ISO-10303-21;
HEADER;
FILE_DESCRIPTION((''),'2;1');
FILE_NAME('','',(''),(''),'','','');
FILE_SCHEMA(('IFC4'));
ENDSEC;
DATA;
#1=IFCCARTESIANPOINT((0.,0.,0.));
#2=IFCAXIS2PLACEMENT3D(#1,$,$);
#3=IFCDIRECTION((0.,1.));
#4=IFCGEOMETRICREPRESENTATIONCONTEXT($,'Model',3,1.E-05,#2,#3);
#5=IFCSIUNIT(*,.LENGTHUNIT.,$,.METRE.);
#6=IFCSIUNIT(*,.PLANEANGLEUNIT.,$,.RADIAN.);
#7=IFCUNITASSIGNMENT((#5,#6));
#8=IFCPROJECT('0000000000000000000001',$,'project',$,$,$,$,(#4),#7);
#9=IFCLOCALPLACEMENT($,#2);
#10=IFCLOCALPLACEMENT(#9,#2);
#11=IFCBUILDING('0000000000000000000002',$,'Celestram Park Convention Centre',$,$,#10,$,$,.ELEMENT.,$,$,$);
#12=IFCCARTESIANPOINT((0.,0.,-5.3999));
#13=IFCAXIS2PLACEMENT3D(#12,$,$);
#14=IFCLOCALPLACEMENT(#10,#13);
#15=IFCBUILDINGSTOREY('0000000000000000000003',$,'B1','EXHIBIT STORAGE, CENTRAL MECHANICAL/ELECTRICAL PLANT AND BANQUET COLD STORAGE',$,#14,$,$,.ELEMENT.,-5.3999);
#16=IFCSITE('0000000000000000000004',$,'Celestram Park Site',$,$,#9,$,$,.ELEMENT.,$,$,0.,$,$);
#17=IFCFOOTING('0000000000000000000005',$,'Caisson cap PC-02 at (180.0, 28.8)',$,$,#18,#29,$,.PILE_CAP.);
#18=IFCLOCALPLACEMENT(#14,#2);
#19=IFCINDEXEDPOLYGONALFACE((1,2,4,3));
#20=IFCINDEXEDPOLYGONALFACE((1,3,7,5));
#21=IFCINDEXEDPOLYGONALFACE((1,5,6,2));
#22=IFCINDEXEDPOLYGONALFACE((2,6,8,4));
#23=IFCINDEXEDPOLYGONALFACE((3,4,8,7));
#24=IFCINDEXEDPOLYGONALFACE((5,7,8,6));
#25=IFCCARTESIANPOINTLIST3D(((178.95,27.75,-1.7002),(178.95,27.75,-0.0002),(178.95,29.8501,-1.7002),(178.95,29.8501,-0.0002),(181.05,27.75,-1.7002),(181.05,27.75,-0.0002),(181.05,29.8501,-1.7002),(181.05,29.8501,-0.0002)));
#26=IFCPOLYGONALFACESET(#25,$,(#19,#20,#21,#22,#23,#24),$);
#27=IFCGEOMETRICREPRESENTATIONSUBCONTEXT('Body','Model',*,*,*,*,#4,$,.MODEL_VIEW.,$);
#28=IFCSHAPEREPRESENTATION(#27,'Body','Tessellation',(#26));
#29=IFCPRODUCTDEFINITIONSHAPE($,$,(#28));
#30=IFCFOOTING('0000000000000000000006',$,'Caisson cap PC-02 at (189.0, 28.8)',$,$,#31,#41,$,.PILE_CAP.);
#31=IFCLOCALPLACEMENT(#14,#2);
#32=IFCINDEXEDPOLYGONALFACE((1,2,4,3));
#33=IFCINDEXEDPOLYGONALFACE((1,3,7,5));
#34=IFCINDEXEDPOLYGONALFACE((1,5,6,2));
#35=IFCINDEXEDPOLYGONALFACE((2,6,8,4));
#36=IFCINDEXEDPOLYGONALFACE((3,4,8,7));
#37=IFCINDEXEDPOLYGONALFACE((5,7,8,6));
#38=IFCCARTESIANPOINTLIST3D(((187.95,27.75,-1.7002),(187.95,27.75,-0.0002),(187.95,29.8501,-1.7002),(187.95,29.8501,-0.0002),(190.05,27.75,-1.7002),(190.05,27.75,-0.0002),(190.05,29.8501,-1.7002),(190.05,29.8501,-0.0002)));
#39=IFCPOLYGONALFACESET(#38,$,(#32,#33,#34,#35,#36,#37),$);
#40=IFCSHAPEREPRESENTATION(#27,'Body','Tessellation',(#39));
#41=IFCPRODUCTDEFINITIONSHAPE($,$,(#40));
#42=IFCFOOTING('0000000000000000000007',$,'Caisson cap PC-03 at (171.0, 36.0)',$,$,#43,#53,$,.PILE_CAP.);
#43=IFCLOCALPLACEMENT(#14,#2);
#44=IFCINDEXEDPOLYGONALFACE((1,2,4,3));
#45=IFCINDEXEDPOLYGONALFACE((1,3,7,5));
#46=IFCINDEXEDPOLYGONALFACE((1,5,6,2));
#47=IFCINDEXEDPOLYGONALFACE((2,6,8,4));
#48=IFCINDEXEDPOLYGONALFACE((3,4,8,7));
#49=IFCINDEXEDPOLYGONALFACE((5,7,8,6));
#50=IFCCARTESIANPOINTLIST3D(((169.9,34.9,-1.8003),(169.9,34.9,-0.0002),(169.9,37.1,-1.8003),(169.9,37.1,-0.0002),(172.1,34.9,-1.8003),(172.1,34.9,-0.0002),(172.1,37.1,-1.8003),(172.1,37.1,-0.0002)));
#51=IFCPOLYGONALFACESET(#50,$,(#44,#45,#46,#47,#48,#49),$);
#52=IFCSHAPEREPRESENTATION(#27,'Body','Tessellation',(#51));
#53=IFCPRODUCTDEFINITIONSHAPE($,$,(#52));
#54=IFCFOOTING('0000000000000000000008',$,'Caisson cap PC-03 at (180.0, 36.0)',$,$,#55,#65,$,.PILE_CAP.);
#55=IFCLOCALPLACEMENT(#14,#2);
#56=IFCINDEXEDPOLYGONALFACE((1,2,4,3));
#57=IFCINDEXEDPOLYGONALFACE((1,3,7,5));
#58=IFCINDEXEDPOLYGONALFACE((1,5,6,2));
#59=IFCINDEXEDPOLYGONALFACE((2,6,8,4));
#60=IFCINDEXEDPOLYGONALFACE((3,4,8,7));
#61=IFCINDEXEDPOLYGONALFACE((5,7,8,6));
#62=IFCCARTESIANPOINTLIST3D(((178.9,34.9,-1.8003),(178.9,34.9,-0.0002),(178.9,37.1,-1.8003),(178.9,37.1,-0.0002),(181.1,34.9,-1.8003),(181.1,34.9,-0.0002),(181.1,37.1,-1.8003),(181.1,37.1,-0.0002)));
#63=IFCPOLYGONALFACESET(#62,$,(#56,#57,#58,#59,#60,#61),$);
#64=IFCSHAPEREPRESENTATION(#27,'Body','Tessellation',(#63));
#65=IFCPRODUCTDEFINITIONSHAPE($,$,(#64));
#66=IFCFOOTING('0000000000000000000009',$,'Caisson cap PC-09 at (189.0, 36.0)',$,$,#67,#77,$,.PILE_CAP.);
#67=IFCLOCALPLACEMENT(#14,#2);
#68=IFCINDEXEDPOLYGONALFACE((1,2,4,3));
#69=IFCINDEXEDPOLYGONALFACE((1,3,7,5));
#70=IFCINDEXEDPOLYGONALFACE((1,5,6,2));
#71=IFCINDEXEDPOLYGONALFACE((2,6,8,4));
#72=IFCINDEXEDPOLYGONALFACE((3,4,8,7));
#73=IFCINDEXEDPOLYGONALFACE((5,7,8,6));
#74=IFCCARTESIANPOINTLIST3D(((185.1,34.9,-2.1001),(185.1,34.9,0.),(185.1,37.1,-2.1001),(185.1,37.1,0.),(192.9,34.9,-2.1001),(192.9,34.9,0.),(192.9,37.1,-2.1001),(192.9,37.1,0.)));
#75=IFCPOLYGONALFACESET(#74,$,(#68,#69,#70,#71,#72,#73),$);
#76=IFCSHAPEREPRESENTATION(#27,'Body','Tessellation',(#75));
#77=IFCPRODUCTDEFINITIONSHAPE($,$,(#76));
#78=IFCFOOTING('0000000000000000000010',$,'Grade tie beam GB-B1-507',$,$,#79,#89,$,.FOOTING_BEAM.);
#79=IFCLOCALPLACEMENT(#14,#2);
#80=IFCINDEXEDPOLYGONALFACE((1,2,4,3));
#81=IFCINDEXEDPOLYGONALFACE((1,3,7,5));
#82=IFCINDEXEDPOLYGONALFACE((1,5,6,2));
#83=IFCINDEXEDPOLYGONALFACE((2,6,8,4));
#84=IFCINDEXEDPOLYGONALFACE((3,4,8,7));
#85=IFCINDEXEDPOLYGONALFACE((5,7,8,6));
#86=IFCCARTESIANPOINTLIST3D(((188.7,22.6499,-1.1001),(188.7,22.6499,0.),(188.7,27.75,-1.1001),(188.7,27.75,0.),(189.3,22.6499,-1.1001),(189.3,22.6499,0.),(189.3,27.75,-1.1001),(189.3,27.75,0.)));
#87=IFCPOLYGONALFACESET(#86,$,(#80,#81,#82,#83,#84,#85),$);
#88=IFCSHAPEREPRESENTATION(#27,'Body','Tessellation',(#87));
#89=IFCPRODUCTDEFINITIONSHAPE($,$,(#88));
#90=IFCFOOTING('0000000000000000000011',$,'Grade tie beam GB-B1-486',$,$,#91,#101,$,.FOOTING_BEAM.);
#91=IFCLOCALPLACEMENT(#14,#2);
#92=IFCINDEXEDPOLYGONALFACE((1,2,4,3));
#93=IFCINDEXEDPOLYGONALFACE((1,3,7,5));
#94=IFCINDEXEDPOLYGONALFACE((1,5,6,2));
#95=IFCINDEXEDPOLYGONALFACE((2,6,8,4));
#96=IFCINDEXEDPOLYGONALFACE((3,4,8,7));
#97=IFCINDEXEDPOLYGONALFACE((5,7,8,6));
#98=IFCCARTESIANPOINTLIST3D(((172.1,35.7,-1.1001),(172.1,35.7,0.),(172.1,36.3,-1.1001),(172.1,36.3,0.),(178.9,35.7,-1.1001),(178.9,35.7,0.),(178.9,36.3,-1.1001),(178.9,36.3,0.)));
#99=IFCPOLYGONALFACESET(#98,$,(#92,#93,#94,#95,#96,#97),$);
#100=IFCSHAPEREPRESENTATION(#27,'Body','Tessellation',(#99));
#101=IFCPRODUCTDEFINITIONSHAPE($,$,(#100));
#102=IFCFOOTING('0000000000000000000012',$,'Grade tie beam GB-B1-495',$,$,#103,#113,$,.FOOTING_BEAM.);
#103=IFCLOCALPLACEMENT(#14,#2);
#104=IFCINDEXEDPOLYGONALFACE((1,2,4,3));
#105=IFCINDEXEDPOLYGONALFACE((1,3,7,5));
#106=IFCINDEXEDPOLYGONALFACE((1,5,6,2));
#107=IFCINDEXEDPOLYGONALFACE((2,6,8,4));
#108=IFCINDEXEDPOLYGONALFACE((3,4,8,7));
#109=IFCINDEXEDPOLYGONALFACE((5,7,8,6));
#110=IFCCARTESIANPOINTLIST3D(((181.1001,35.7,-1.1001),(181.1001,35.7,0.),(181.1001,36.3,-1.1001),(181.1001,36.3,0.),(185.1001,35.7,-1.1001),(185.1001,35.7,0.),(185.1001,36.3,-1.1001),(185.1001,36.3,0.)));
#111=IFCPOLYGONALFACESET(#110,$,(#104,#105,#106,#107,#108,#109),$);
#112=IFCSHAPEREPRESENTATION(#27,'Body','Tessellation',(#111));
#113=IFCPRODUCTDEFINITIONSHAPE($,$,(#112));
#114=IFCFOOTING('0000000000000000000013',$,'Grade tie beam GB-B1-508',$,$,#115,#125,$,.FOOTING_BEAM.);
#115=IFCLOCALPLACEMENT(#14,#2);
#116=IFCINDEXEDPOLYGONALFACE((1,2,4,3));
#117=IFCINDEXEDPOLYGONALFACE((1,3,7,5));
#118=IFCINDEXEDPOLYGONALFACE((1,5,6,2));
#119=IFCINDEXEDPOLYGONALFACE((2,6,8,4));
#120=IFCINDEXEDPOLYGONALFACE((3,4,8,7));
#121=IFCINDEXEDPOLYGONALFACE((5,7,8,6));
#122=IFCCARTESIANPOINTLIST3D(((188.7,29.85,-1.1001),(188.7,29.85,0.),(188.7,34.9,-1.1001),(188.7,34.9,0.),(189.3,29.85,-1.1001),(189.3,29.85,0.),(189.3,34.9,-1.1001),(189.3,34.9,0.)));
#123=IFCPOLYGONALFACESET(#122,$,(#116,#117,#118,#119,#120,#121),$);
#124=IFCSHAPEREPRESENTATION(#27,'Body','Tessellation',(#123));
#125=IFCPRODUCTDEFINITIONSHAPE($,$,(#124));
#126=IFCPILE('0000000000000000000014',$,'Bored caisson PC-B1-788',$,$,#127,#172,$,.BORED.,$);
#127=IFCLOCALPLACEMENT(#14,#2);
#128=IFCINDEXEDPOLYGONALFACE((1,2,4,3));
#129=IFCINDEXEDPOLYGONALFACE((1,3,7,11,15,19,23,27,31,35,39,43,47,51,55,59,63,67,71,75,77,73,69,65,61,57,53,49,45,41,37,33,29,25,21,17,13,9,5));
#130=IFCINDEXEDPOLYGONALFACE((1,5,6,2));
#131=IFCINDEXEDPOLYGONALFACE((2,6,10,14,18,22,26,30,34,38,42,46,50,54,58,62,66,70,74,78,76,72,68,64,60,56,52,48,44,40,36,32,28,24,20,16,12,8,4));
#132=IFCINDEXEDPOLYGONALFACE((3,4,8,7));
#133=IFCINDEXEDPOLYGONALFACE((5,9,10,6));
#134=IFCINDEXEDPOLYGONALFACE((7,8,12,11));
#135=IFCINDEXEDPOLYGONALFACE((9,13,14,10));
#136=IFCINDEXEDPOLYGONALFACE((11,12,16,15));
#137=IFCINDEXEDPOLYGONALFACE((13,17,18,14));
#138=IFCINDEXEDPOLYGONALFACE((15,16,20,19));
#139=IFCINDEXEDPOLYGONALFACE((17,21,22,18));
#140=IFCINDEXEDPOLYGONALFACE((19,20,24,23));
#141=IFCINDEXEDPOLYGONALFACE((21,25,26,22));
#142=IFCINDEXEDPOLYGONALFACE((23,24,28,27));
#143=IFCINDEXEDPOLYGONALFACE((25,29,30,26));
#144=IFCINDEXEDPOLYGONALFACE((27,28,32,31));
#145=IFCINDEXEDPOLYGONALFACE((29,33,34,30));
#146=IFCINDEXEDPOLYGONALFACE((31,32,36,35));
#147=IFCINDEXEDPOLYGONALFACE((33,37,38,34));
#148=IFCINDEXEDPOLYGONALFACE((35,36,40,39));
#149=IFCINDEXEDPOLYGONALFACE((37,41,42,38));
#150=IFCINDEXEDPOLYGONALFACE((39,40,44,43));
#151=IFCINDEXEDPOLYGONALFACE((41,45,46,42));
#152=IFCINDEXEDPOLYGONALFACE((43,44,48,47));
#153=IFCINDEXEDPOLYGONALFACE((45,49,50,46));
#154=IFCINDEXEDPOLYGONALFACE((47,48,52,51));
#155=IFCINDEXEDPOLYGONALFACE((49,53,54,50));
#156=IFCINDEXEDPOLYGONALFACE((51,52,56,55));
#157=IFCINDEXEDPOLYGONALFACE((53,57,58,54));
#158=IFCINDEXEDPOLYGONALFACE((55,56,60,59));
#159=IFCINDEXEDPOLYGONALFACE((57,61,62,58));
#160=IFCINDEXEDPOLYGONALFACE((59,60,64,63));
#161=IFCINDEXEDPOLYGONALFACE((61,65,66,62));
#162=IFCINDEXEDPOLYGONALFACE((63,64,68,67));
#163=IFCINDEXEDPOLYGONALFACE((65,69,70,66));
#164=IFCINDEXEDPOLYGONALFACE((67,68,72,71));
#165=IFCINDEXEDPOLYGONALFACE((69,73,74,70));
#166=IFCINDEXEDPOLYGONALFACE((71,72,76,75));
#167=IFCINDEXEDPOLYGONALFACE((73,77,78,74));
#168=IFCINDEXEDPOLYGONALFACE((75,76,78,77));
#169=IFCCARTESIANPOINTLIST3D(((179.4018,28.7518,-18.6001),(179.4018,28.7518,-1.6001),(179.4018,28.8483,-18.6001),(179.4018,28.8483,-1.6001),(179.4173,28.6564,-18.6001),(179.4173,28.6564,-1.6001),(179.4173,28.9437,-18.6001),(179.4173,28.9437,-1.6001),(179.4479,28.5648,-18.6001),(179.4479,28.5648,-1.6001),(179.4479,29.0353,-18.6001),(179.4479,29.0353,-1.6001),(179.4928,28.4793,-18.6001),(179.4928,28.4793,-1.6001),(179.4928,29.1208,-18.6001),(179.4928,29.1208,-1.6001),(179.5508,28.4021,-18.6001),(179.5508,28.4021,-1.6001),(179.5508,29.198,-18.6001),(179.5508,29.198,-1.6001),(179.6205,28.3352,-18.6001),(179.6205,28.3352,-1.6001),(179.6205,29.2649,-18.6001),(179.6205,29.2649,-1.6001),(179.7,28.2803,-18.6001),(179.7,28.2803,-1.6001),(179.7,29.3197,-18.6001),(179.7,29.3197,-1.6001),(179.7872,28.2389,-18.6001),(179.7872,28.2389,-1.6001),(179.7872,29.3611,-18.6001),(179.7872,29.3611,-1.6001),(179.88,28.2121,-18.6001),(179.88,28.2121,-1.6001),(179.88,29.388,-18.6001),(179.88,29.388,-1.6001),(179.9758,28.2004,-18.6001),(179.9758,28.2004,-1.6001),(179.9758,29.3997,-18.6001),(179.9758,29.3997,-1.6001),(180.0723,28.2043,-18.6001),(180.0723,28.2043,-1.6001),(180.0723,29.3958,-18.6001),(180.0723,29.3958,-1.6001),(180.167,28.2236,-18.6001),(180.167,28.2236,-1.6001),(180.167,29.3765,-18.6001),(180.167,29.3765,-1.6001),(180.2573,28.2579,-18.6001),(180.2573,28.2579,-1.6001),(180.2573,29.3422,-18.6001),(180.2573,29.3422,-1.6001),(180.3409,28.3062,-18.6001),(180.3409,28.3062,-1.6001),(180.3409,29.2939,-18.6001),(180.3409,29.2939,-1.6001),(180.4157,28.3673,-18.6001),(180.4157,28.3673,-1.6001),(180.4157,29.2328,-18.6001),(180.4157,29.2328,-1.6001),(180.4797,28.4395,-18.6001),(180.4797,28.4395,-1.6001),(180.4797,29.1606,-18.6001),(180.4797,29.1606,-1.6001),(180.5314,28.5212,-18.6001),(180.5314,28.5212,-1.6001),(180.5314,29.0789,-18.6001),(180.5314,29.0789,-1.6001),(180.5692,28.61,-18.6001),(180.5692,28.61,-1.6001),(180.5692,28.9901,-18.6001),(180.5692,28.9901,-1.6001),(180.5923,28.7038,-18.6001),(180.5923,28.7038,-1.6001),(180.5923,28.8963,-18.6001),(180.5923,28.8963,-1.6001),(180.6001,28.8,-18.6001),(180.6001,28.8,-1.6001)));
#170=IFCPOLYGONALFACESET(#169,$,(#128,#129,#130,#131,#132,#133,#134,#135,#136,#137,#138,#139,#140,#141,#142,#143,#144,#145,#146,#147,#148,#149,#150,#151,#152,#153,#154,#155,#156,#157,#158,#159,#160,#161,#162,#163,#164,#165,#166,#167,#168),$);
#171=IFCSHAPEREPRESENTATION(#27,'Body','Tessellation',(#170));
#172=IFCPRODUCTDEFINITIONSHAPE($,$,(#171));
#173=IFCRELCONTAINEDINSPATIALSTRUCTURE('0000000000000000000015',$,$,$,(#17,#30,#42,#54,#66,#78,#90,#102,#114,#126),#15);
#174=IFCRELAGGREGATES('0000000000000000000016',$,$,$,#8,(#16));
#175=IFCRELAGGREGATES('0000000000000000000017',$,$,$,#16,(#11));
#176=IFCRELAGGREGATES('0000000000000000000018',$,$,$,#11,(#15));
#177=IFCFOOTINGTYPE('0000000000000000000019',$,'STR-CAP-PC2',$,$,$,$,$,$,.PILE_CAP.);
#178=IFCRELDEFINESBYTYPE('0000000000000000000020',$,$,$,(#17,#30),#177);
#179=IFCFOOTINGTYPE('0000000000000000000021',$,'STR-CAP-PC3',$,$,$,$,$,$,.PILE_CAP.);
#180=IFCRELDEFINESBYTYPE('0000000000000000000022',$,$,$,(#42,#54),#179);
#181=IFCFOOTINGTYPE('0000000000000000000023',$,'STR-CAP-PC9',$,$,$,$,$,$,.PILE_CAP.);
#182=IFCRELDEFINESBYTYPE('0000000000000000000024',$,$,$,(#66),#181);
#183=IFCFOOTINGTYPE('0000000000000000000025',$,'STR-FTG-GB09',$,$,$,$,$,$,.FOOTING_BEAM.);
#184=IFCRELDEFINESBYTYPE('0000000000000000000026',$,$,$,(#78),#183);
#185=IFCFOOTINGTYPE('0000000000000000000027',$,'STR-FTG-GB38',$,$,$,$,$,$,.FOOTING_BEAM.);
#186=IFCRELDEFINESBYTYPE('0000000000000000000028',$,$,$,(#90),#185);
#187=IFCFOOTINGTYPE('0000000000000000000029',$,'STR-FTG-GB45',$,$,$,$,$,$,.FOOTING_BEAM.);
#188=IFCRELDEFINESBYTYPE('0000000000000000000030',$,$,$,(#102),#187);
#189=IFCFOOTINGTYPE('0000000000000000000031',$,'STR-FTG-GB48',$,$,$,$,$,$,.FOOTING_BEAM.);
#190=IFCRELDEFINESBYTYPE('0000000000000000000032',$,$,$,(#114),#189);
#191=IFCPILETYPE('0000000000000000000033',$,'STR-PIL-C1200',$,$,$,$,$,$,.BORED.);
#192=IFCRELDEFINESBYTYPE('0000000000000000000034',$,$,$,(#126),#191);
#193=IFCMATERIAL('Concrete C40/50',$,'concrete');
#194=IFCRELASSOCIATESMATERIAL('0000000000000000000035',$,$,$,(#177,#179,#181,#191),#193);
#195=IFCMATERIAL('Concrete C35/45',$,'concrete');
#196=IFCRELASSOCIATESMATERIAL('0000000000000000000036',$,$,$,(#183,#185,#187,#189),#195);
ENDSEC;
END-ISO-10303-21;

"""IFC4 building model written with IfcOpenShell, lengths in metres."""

from ifc_helpers import new_model, si_unit, direction, frame, origin, origin_2d, place, context, subcontext, project, spatial, rectangle, circle, extrude, material, material_profile, profile_set, type_object, element, save


model = new_model("IFC4")

# Units and contexts
model_context = context("Model", 3, precision=1e-05, world=origin(), true_north=direction((0.0, 1.0)))
body_context = subcontext(model_context, "Body", "Model", "MODEL_VIEW")
ifc_project = project(units=[si_unit("LENGTHUNIT", "METRE"), si_unit("PLANEANGLEUNIT", "RADIAN")], contexts=[model_context])

# Site, building, storey
site_placement = place(None, origin())
site = spatial("IfcSite", under=ifc_project, at=site_placement, Name="Celestram Park Site", CompositionType="ELEMENT", RefElevation=0.0)
building_placement = place(site_placement, origin())
building = spatial("IfcBuilding", under=site, at=building_placement, Name="Celestram Park Convention Centre", CompositionType="ELEMENT")
storey_placement = place(building_placement, frame((0.0, 0.0, -5.3999)))
storey = spatial("IfcBuildingStorey", under=building, at=storey_placement, Name="B1", Description="EXHIBIT STORAGE, CENTRAL MECHANICAL/ELECTRICAL PLANT AND BANQUET COLD STORAGE", CompositionType="ELEMENT", Elevation=-5.3999)

# Footings
ifc_material_1 = material(Name="Concrete C40/50", Category="concrete")
footing_type_1 = type_object("IfcFootingType", Name="STR-CAP-PC2", PredefinedType="PILE_CAP", material=ifc_material_1)
for number, where, z_axis, x_axis, name in (
    (1, (180.0, 28.8, -1.7002), (0.0, 0.0, 1.0), (1.0, 0.0, 0.0), "Caisson cap PC-02 at (180.0, 28.8)"),
    (2, (189.0, 28.8, -1.7002), (0.0, 0.0, 1.0), (1.0, 0.0, 0.0), "Caisson cap PC-02 at (189.0, 28.8)"),
):
    element("IfcFooting", number, at=place(storey_placement, frame(where, z_axis=z_axis, x_axis=x_axis)), inside=storey, type_object=footing_type_1, Name=name, PredefinedType="PILE_CAP", context=body_context, shape_type="SweptSolid", body=[
        extrude(rectangle(XDim=2.1001, YDim=2.1001, at=origin_2d()), origin(), (0.0, 0.0, 1.0), 1.7),
    ])
footing_type_2 = type_object("IfcFootingType", Name="STR-CAP-PC3", PredefinedType="PILE_CAP", material=ifc_material_1)
for number, where, z_axis, x_axis, name in (
    (3, (171.0, 36.0, -1.8003), (0.0, 0.0, 1.0), (1.0, 0.0, 0.0), "Caisson cap PC-03 at (171.0, 36.0)"),
    (4, (180.0, 36.0, -1.8003), (0.0, 0.0, 1.0), (1.0, 0.0, 0.0), "Caisson cap PC-03 at (180.0, 36.0)"),
):
    element("IfcFooting", number, at=place(storey_placement, frame(where, z_axis=z_axis, x_axis=x_axis)), inside=storey, type_object=footing_type_2, Name=name, PredefinedType="PILE_CAP", context=body_context, shape_type="SweptSolid", body=[
        extrude(rectangle(XDim=2.2, YDim=2.2, at=origin_2d()), origin(), (0.0, 0.0, 1.0), 1.8),
    ])
footing_type_3 = type_object("IfcFootingType", Name="STR-CAP-PC9", PredefinedType="PILE_CAP", material=ifc_material_1)
footing_1_placement = place(storey_placement, frame((189.0, 36.0, -2.1001), z_axis=(0.0, 0.0, 1.0), x_axis=(1.0, 0.0, 0.0)))
element("IfcFooting", 5, at=footing_1_placement, inside=storey, type_object=footing_type_3, Name="Caisson cap PC-09 at (189.0, 36.0)", PredefinedType="PILE_CAP", context=body_context, shape_type="SweptSolid", body=[
    extrude(rectangle(XDim=7.8, YDim=2.2, at=origin_2d()), origin(), (0.0, 0.0, 1.0), 2.1001),
])
ifc_material_2 = material(Name="Concrete C35/45", Category="concrete")
footing_type_4 = type_object("IfcFootingType", Name="STR-FTG-GB09", PredefinedType="FOOTING_BEAM", material=ifc_material_2)
footing_2_placement = place(storey_placement, frame((189.0, 25.2, -1.1001), z_axis=(0.0, 0.0, 1.0), x_axis=(0.0, 1.0, 0.0)))
element("IfcFooting", 6, at=footing_2_placement, inside=storey, type_object=footing_type_4, Name="Grade tie beam GB-B1-507", PredefinedType="FOOTING_BEAM", context=body_context, shape_type="SweptSolid", body=[
    extrude(rectangle(XDim=5.1001, YDim=0.6001, at=origin_2d()), origin(), (0.0, 0.0, 1.0), 1.1001),
])
footing_type_5 = type_object("IfcFootingType", Name="STR-FTG-GB38", PredefinedType="FOOTING_BEAM", material=ifc_material_2)
footing_3_placement = place(storey_placement, frame((175.5, 36.0, -1.1001), z_axis=(0.0, 0.0, 1.0), x_axis=(1.0, 0.0, 0.0)))
element("IfcFooting", 7, at=footing_3_placement, inside=storey, type_object=footing_type_5, Name="Grade tie beam GB-B1-486", PredefinedType="FOOTING_BEAM", context=body_context, shape_type="SweptSolid", body=[
    extrude(rectangle(XDim=6.8, YDim=0.6001, at=origin_2d()), origin(), (0.0, 0.0, 1.0), 1.1001),
])
footing_type_6 = type_object("IfcFootingType", Name="STR-FTG-GB45", PredefinedType="FOOTING_BEAM", material=ifc_material_2)
footing_4_placement = place(storey_placement, frame((183.1001, 36.0, -1.1001), z_axis=(0.0, 0.0, 1.0), x_axis=(1.0, 0.0, 0.0)))
element("IfcFooting", 8, at=footing_4_placement, inside=storey, type_object=footing_type_6, Name="Grade tie beam GB-B1-495", PredefinedType="FOOTING_BEAM", context=body_context, shape_type="SweptSolid", body=[
    extrude(rectangle(XDim=4.0, YDim=0.6001, at=origin_2d()), origin(), (0.0, 0.0, 1.0), 1.1001),
])
footing_type_7 = type_object("IfcFootingType", Name="STR-FTG-GB48", PredefinedType="FOOTING_BEAM", material=ifc_material_2)
footing_5_placement = place(storey_placement, frame((189.0, 32.375, -1.1001), z_axis=(0.0, 0.0, 1.0), x_axis=(0.0, 1.0, 0.0)))
element("IfcFooting", 9, at=footing_5_placement, inside=storey, type_object=footing_type_7, Name="Grade tie beam GB-B1-508", PredefinedType="FOOTING_BEAM", context=body_context, shape_type="SweptSolid", body=[
    extrude(rectangle(XDim=5.05, YDim=0.6001, at=origin_2d()), origin(), (0.0, 0.0, 1.0), 1.1001),
])

# Pile
ifc_material_profile_1 = material_profile(ifc_material_1, circle(Radius=0.6001, at=origin_2d()), Name="CAISSON1200")
ifc_profile_set_1 = profile_set([ifc_material_profile_1], Name="Concrete C40/50")
pile_type_1 = type_object("IfcPileType", Name="STR-PIL-C1200", PredefinedType="BORED", material=ifc_profile_set_1)
for number, where, z_axis, x_axis, name in (
    (10, (180.0, 28.8, -1.6001), (0.0, 0.0, -1.0), (1.0, 0.0, 0.0), "Bored caisson PC-B1-788"),
):
    element("IfcPile", number, at=place(storey_placement, frame(where, z_axis=z_axis, x_axis=x_axis)), inside=storey, type_object=pile_type_1, Name=name, PredefinedType="BORED", context=body_context, shape_type="SweptSolid", body=[
        extrude(circle(Radius=0.6001, at=origin_2d()), origin(), (0.0, 0.0, 1.0), 17.0),
    ])

save(model, "model.ifc")
